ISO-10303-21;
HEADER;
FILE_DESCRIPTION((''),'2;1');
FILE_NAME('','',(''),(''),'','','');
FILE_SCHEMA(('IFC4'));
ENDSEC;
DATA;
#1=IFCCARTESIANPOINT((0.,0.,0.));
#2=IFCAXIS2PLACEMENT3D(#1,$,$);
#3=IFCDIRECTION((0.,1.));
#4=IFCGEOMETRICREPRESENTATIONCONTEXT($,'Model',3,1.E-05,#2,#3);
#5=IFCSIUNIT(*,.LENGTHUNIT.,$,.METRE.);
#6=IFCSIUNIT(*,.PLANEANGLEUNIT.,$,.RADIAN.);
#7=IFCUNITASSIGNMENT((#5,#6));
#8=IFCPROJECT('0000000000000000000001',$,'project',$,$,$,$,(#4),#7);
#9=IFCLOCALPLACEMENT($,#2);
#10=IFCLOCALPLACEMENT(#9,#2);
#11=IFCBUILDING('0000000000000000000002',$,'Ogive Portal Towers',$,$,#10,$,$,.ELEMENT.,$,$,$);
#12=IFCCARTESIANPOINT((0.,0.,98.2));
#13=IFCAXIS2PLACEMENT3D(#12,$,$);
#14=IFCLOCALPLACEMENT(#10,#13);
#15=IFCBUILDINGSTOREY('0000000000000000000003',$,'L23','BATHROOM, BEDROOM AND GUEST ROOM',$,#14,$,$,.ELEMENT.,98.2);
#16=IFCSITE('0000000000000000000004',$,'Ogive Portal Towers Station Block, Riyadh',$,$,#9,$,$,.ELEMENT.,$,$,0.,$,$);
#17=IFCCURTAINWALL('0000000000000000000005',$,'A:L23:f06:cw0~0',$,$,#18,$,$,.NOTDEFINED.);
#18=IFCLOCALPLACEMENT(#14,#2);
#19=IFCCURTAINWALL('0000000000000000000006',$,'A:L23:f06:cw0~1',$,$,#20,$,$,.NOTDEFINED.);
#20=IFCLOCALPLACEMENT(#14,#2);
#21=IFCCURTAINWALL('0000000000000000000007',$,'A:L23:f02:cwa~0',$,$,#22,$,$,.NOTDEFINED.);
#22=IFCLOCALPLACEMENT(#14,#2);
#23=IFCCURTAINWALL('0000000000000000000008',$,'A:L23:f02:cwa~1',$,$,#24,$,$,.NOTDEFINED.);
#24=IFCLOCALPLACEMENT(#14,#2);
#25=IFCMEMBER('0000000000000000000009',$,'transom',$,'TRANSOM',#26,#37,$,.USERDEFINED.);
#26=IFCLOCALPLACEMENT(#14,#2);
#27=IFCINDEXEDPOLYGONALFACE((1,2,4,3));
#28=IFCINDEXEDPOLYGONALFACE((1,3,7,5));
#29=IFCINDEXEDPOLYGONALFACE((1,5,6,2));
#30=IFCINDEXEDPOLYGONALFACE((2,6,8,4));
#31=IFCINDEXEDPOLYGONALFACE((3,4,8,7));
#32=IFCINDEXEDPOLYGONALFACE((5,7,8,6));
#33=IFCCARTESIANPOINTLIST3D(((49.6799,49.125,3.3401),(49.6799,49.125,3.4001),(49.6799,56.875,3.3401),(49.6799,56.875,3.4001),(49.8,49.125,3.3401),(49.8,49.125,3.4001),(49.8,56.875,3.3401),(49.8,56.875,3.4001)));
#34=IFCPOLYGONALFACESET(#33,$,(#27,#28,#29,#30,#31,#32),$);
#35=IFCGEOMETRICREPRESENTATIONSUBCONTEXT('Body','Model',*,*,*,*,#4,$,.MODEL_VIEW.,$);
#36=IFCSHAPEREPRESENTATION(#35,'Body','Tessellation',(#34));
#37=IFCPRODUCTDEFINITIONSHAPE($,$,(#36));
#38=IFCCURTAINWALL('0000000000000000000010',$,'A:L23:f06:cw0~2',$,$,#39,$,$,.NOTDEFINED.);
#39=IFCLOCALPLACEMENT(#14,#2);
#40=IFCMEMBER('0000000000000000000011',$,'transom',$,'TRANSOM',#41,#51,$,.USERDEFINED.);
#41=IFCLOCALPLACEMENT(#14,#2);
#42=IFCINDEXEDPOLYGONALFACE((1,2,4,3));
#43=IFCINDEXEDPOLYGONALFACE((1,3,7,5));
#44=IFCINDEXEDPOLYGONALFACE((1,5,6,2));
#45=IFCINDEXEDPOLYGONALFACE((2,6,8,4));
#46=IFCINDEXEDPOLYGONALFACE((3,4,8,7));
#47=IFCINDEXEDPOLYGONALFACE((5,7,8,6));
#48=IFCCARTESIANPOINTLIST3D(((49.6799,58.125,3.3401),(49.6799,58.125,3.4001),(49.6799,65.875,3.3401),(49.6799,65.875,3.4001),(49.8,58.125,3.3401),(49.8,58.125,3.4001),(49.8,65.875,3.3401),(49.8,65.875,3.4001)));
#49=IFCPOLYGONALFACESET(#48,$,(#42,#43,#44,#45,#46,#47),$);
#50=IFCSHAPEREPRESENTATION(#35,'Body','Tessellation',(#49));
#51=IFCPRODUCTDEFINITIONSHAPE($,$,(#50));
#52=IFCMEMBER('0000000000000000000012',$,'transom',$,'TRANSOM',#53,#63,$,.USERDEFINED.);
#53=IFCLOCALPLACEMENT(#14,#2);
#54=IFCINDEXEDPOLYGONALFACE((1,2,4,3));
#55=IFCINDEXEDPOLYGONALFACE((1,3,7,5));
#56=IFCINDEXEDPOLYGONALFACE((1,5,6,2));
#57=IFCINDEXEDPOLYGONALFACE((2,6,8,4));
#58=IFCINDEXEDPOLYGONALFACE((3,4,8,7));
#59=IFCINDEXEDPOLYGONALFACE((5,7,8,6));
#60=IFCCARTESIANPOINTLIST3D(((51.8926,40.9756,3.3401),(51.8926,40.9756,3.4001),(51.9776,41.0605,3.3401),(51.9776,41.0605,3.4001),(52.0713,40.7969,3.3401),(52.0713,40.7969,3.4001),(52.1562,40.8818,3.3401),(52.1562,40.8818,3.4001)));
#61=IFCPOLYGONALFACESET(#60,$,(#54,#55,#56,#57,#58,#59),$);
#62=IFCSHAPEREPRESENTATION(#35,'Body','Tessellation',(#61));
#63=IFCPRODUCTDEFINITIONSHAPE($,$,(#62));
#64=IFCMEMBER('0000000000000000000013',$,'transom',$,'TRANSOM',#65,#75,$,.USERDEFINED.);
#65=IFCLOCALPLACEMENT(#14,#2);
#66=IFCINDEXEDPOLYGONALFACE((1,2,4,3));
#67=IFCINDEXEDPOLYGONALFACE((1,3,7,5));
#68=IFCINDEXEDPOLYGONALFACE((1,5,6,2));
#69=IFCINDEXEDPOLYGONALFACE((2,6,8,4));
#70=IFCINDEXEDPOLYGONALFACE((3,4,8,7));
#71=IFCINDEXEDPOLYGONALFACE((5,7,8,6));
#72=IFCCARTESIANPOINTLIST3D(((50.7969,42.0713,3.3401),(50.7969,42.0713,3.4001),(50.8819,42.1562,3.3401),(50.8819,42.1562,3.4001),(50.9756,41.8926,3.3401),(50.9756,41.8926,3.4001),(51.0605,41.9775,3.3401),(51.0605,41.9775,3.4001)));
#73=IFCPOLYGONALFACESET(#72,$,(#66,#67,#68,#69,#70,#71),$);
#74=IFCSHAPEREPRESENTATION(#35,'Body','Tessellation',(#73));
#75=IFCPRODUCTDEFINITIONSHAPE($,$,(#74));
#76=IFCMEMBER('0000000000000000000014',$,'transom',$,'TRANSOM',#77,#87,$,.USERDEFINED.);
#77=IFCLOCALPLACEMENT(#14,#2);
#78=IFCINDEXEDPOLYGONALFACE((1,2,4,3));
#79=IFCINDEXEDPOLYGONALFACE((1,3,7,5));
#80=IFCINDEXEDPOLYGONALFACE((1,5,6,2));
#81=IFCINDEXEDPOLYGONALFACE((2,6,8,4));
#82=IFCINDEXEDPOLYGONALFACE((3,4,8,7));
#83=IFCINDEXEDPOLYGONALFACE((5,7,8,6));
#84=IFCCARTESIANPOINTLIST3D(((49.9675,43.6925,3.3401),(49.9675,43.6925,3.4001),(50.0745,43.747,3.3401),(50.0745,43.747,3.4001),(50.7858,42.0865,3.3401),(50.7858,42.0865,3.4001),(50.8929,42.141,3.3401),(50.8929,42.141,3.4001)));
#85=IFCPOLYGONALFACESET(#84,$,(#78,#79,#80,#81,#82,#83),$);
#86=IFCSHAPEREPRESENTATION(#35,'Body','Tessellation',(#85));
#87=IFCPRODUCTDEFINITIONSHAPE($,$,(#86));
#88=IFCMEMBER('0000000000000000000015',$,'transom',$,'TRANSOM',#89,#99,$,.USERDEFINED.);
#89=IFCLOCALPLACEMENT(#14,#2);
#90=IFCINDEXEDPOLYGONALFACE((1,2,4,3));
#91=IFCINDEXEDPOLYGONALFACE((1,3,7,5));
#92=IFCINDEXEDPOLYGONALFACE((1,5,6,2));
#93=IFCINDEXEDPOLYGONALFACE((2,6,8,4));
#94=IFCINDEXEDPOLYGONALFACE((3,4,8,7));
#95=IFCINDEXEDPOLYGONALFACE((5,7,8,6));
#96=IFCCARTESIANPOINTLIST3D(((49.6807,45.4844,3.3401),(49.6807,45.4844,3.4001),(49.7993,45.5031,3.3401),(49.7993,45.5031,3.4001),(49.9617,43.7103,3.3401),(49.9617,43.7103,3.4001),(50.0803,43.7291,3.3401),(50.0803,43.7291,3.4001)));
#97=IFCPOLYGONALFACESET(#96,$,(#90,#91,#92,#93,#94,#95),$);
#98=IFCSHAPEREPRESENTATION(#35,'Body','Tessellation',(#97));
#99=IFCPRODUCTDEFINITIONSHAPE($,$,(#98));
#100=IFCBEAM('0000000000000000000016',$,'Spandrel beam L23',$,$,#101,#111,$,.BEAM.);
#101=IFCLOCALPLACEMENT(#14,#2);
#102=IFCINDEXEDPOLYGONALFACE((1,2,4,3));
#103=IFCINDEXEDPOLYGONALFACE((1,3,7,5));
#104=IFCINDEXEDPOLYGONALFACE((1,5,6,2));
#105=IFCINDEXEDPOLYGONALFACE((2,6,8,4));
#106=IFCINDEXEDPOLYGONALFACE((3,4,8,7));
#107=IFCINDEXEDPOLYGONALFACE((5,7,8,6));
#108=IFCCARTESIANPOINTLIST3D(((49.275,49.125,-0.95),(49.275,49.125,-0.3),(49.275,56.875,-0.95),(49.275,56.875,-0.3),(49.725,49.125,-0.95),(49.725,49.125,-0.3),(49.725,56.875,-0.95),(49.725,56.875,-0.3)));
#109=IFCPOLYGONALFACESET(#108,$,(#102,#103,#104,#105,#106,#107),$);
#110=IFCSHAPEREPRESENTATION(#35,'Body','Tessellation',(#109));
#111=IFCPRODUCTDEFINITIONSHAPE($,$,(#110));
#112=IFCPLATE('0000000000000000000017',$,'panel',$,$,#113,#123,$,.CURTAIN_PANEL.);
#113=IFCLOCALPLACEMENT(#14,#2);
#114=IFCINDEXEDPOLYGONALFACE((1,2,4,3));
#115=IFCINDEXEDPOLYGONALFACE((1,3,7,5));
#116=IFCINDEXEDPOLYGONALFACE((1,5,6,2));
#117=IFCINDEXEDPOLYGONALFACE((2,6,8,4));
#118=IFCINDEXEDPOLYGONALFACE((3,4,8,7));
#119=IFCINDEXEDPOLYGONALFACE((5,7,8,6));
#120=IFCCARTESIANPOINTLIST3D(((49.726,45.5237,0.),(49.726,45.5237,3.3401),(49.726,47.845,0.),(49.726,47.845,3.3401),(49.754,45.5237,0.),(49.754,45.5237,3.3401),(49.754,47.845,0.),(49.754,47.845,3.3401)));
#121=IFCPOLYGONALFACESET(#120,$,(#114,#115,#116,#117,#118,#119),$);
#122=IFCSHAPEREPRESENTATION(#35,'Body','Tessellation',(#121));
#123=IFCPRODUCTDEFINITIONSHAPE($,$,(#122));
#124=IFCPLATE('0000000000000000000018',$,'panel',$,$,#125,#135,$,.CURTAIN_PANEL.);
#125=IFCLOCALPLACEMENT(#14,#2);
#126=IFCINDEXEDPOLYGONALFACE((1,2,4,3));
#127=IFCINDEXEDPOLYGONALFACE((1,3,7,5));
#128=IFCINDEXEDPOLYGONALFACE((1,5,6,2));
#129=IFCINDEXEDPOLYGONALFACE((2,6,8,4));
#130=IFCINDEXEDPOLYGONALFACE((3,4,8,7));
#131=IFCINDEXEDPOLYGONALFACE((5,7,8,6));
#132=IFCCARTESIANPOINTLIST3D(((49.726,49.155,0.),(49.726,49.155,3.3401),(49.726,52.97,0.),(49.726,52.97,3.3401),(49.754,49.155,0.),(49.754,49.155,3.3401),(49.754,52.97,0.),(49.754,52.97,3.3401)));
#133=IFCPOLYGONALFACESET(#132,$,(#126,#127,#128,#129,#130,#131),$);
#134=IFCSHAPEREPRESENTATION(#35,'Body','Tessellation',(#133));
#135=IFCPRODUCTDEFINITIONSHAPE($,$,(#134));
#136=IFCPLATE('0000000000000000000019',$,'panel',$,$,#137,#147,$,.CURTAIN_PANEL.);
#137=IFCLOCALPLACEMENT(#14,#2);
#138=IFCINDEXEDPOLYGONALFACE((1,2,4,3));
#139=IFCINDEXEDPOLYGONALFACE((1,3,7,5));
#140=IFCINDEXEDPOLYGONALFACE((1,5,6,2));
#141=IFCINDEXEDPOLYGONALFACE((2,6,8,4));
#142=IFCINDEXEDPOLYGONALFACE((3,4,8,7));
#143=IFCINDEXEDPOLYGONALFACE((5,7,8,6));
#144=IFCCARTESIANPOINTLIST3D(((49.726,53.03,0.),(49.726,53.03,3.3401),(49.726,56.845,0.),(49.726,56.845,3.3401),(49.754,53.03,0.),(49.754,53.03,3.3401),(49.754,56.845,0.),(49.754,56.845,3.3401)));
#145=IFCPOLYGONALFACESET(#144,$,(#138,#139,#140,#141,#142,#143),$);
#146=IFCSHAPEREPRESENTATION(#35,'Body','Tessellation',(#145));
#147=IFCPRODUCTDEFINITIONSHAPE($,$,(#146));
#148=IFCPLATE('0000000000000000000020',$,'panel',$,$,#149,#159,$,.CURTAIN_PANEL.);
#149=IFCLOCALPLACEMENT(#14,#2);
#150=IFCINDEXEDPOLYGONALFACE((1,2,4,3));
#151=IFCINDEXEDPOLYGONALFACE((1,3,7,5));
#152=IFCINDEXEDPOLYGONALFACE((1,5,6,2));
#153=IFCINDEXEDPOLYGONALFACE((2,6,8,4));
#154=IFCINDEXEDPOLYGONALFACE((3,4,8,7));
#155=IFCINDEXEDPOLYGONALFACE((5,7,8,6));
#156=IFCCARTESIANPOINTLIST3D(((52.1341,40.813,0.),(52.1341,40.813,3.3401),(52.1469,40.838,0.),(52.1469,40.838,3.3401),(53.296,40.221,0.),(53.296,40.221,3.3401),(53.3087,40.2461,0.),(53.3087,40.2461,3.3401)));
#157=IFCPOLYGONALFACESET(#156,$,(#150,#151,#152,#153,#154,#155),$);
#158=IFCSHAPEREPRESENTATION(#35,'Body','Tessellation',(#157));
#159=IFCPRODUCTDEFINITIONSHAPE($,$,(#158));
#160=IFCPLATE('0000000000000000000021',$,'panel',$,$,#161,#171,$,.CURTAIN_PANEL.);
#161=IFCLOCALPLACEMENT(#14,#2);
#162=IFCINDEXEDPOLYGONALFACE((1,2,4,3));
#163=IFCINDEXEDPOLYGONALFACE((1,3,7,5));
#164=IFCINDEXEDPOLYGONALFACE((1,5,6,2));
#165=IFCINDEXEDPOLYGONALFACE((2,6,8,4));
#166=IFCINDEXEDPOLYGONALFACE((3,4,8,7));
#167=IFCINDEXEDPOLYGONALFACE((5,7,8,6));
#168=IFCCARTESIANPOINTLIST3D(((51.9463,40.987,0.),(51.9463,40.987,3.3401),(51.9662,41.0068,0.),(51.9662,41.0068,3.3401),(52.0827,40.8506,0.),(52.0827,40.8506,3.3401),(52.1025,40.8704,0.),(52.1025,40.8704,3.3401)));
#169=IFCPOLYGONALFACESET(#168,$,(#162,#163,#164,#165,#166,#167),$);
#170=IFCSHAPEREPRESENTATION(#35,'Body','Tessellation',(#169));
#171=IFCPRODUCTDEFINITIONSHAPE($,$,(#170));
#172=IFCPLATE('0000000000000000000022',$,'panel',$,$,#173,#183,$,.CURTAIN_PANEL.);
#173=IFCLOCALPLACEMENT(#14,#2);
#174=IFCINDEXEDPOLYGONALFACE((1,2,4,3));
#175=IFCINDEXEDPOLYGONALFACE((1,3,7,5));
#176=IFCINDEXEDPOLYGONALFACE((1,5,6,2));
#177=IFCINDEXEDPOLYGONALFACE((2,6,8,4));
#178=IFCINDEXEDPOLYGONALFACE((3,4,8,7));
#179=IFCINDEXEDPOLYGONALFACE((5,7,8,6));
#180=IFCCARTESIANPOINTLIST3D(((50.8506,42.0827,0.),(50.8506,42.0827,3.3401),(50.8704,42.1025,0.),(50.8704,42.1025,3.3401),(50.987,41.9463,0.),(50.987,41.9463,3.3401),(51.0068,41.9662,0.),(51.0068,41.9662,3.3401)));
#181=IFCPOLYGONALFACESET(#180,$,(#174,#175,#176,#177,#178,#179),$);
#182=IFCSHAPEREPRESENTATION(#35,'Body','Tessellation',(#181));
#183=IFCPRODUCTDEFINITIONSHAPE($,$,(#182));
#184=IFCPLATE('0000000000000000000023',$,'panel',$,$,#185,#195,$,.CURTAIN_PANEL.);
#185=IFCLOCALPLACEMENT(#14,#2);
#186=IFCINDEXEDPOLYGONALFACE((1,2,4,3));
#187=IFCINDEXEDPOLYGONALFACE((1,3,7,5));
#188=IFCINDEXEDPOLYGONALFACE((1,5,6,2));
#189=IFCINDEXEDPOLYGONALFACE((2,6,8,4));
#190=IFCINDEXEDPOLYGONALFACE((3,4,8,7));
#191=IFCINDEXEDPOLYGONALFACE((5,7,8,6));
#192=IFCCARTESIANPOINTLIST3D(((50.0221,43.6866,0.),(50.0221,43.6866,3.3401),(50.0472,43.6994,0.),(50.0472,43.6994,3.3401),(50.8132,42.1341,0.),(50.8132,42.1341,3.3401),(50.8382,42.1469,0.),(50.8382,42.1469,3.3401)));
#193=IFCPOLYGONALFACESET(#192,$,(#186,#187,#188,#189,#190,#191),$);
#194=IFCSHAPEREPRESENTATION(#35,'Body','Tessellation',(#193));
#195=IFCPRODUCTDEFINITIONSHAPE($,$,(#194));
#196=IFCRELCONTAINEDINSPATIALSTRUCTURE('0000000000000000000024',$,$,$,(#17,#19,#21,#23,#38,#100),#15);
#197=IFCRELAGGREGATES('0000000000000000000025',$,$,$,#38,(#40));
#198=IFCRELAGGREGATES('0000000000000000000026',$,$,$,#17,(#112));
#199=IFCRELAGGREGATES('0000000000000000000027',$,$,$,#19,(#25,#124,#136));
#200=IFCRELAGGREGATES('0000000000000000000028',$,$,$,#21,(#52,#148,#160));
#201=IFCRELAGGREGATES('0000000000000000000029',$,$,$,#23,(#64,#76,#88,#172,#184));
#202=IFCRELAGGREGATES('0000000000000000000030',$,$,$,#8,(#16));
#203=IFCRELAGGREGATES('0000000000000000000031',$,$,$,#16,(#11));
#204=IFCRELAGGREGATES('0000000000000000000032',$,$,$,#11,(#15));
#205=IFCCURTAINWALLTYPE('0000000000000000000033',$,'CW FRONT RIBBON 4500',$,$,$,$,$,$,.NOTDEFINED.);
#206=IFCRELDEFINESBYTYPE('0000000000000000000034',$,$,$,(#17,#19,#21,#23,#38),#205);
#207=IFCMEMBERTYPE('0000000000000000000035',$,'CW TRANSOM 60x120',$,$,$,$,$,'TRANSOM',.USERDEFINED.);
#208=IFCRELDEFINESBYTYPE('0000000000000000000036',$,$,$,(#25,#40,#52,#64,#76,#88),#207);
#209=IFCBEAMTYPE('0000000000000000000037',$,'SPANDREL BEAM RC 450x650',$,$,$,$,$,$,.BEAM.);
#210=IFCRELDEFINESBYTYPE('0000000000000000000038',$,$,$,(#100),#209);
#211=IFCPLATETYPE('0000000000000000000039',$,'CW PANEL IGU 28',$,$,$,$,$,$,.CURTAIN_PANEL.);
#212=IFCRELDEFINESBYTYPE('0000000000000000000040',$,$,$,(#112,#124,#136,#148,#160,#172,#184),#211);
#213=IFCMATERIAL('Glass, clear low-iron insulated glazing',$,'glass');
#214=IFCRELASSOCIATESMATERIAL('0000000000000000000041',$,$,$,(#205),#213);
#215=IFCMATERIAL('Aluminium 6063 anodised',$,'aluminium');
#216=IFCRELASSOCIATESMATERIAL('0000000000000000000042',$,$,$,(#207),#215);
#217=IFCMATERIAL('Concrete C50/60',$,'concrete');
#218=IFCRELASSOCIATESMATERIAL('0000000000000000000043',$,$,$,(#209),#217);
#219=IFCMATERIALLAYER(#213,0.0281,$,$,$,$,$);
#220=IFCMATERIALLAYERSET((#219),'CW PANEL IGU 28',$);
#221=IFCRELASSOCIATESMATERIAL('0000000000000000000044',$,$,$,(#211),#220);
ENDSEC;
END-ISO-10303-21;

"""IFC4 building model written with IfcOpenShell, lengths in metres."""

from ifc_helpers import new_model, si_unit, direction, frame, origin, origin_2d, place, context, subcontext, project, spatial, rectangle, extrude, material, layer, layer_set, material_profile, profile_set, type_object, element, aggregate, save


model = new_model("IFC4")

# Units and contexts
model_context = context("Model", 3, precision=1e-05, world=origin(), true_north=direction((0.0, 1.0)))
body_context = subcontext(model_context, "Body", "Model", "MODEL_VIEW")
ifc_project = project(units=[si_unit("LENGTHUNIT", "METRE"), si_unit("PLANEANGLEUNIT", "RADIAN")], contexts=[model_context])

# Site, building, storey
site_placement = place(None, origin())
site = spatial("IfcSite", under=ifc_project, at=site_placement, Name="Ogive Portal Towers Station Block, Riyadh", CompositionType="ELEMENT", RefElevation=0.0)
building_placement = place(site_placement, origin())
building = spatial("IfcBuilding", under=site, at=building_placement, Name="Ogive Portal Towers", CompositionType="ELEMENT")
storey_placement = place(building_placement, frame((0.0, 0.0, 98.2)))
storey = spatial("IfcBuildingStorey", under=building, at=storey_placement, Name="L23", Description="BATHROOM, BEDROOM AND GUEST ROOM", CompositionType="ELEMENT", Elevation=98.2)

# Curtain walls
ifc_material_1 = material(Name="Glass, clear low-iron insulated glazing", Category="glass")
curtain_wall_type = type_object("IfcCurtainWallType", Name="CW FRONT RIBBON 4500", PredefinedType="NOTDEFINED", material=ifc_material_1)
curtain_wall_1_placement = place(storey_placement, origin())
curtain_wall_1 = element("IfcCurtainWall", 1, at=curtain_wall_1_placement, inside=storey, type_object=curtain_wall_type, Name="A:L23:f06:cw0~0", PredefinedType="NOTDEFINED")
ifc_material_2 = material(Name="Aluminium 6063 anodised", Category="aluminium")
curtain_wall_2_placement = place(storey_placement, origin())
curtain_wall_2 = element("IfcCurtainWall", 2, at=curtain_wall_2_placement, inside=storey, type_object=curtain_wall_type, Name="A:L23:f06:cw0~1", PredefinedType="NOTDEFINED")

# Curtain walls
curtain_wall_3_placement = place(storey_placement, origin())
curtain_wall_3 = element("IfcCurtainWall", 3, at=curtain_wall_3_placement, inside=storey, type_object=curtain_wall_type, Name="A:L23:f02:cwa~0", PredefinedType="NOTDEFINED")
curtain_wall_4_placement = place(storey_placement, origin())
curtain_wall_4 = element("IfcCurtainWall", 4, at=curtain_wall_4_placement, inside=storey, type_object=curtain_wall_type, Name="A:L23:f02:cwa~1", PredefinedType="NOTDEFINED")

# Member
ifc_material_profile_1 = material_profile(ifc_material_2, rectangle(XDim=0.1201, YDim=0.0601, at=origin_2d()), Name="AL 120x60")
ifc_profile_set_1 = profile_set([ifc_material_profile_1], Name="Aluminium 6063 anodised")
member_type_1 = type_object("IfcMemberType", Name="CW TRANSOM 60x120", ElementType="TRANSOM", PredefinedType="USERDEFINED", material=ifc_profile_set_1)
member_1_placement = place(storey_placement, frame((49.74, 49.125, 3.3701), z_axis=(0.0, 1.0, 0.0), x_axis=(-1.0, 0.0, 0.0)))
member_1 = element("IfcMember", 5, at=member_1_placement, type_object=member_type_1, Name="transom", ObjectType="TRANSOM", PredefinedType="USERDEFINED", context=body_context, shape_type="SweptSolid", body=[
    extrude(rectangle(XDim=0.1201, YDim=0.0601, at=origin_2d()), origin(), (0.0, 0.0, 1.0), 7.75),
])

# Curtain wall, member
curtain_wall_5_placement = place(storey_placement, origin())
curtain_wall_5 = element("IfcCurtainWall", 6, at=curtain_wall_5_placement, inside=storey, type_object=curtain_wall_type, Name="A:L23:f06:cw0~2", PredefinedType="NOTDEFINED")
member_2_placement = place(storey_placement, frame((49.74, 58.125, 3.3701), z_axis=(0.0, 1.0, 0.0), x_axis=(-1.0, 0.0, 0.0)))
member_2 = element("IfcMember", 7, at=member_2_placement, type_object=member_type_1, Name="transom", ObjectType="TRANSOM", PredefinedType="USERDEFINED", context=body_context, shape_type="SweptSolid", body=[
    extrude(rectangle(XDim=0.1201, YDim=0.0601, at=origin_2d()), origin(), (0.0, 0.0, 1.0), 7.75),
])
aggregate(curtain_wall_5, [member_2])

# Members
member_3_placement = place(storey_placement, frame((52.1138, 40.8394, 3.3701), z_axis=(-0.707107, 0.707107, 0.0), x_axis=(-0.707107, -0.707107, 0.0)))
member_3 = element("IfcMember", 8, at=member_3_placement, type_object=member_type_1, Name="transom", ObjectType="TRANSOM", PredefinedType="USERDEFINED", context=body_context, shape_type="SweptSolid", body=[
    extrude(rectangle(XDim=0.1201, YDim=0.0601, at=origin_2d()), origin(), (0.0, 0.0, 1.0), 0.2527),
])
member_4_placement = place(storey_placement, frame((51.0181, 41.9351, 3.3701), z_axis=(-0.707107, 0.707107, 0.0), x_axis=(-0.707107, -0.707107, 0.0)))
member_4 = element("IfcMember", 9, at=member_4_placement, type_object=member_type_1, Name="transom", ObjectType="TRANSOM", PredefinedType="USERDEFINED", context=body_context, shape_type="SweptSolid", body=[
    extrude(rectangle(XDim=0.1201, YDim=0.0601, at=origin_2d()), origin(), (0.0, 0.0, 1.0), 0.2527),
])
member_5_placement = place(storey_placement, frame((50.8394, 42.1138, 3.3701), z_axis=(-0.454027, 0.890988, 0.0), x_axis=(-0.890988, -0.454027, 0.0)))
member_5 = element("IfcMember", 10, at=member_5_placement, type_object=member_type_1, Name="transom", ObjectType="TRANSOM", PredefinedType="USERDEFINED", context=body_context, shape_type="SweptSolid", body=[
    extrude(rectangle(XDim=0.1201, YDim=0.0601, at=origin_2d()), origin(), (0.0, 0.0, 1.0), 1.8025),
])
member_6_placement = place(storey_placement, frame((50.021, 43.7197, 3.3701), z_axis=(-0.156458, 0.987685, 0.0), x_axis=(-0.987685, -0.156458, 0.0)))
member_6 = element("IfcMember", 11, at=member_6_placement, type_object=member_type_1, Name="transom", ObjectType="TRANSOM", PredefinedType="USERDEFINED", context=body_context, shape_type="SweptSolid", body=[
    extrude(rectangle(XDim=0.1201, YDim=0.0601, at=origin_2d()), origin(), (0.0, 0.0, 1.0), 1.7961),
])

# Beam
ifc_material_3 = material(Name="Concrete C50/60", Category="concrete")
ifc_material_profile_2 = material_profile(ifc_material_3, rectangle(XDim=0.45, YDim=0.6499, at=origin_2d()), Name="RC 450x650")
ifc_profile_set_2 = profile_set([ifc_material_profile_2], Name="Concrete C50/60")
beam_type = type_object("IfcBeamType", Name="SPANDREL BEAM RC 450x650", PredefinedType="BEAM", material=ifc_profile_set_2)
beam_placement = place(storey_placement, frame((49.5, 56.875, -0.625), z_axis=(0.0, -1.0, 0.0), x_axis=(1.0, 0.0, 0.0)))
element("IfcBeam", 12, at=beam_placement, inside=storey, type_object=beam_type, Name="Spandrel beam L23", PredefinedType="BEAM", context=body_context, shape_type="SweptSolid", body=[
    extrude(rectangle(XDim=0.45, YDim=0.6499, at=origin_2d()), origin(), (0.0, 0.0, 1.0), 7.75),
])

# Plates
ifc_layer = layer(ifc_material_1, 0.0281)
ifc_layer_set = layer_set([ifc_layer], Name="CW PANEL IGU 28")
plate_type = type_object("IfcPlateType", Name="CW PANEL IGU 28", PredefinedType="CURTAIN_PANEL", material=ifc_layer_set)
plate_1_placement = place(storey_placement, frame((49.74, 46.6843, 0.0), z_axis=(0.0, 0.0, 1.0), x_axis=(0.0, 1.0, 0.0)))
plate_1 = element("IfcPlate", 13, at=plate_1_placement, type_object=plate_type, Name="panel", PredefinedType="CURTAIN_PANEL", context=body_context, shape_type="SweptSolid", body=[
    extrude(rectangle(XDim=2.3213, YDim=0.0281, at=origin_2d()), origin(), (0.0, 0.0, 1.0), 3.3401),
])
aggregate(curtain_wall_1, [plate_1])
plate_2_placement = place(storey_placement, frame((49.74, 51.0625, 0.0), z_axis=(0.0, 0.0, 1.0), x_axis=(0.0, 1.0, 0.0)))
plate_2 = element("IfcPlate", 14, at=plate_2_placement, type_object=plate_type, Name="panel", PredefinedType="CURTAIN_PANEL", context=body_context, shape_type="SweptSolid", body=[
    extrude(rectangle(XDim=3.8149, YDim=0.0281, at=origin_2d()), origin(), (0.0, 0.0, 1.0), 3.3401),
])
plate_3_placement = place(storey_placement, frame((49.74, 54.9375, 0.0), z_axis=(0.0, 0.0, 1.0), x_axis=(0.0, 1.0, 0.0)))
plate_3 = element("IfcPlate", 15, at=plate_3_placement, type_object=plate_type, Name="panel", PredefinedType="CURTAIN_PANEL", context=body_context, shape_type="SweptSolid", body=[
    extrude(rectangle(XDim=3.8149, YDim=0.0281, at=origin_2d()), origin(), (0.0, 0.0, 1.0), 3.3401),
])
aggregate(curtain_wall_2, [member_1, plate_2, plate_3])
plate_4_placement = place(storey_placement, frame((52.7214, 40.5295, 0.0), z_axis=(0.0, 0.0, 1.0), x_axis=(-0.891007, 0.45399, 0.0)))
plate_4 = element("IfcPlate", 16, at=plate_4_placement, type_object=plate_type, Name="panel", PredefinedType="CURTAIN_PANEL", context=body_context, shape_type="SweptSolid", body=[
    extrude(rectangle(XDim=1.304, YDim=0.0281, at=origin_2d()), origin(), (0.0, 0.0, 1.0), 3.3401),
])
plate_5_placement = place(storey_placement, frame((52.0244, 40.9287, 0.0), z_axis=(0.0, 0.0, 1.0), x_axis=(-0.707107, 0.707107, 0.0)))
plate_5 = element("IfcPlate", 17, at=plate_5_placement, type_object=plate_type, Name="panel", PredefinedType="CURTAIN_PANEL", context=body_context, shape_type="SweptSolid", body=[
    extrude(rectangle(XDim=0.1929, YDim=0.0281, at=origin_2d()), origin(), (0.0, 0.0, 1.0), 3.3401),
])
aggregate(curtain_wall_3, [member_3, plate_4, plate_5])
plate_6_placement = place(storey_placement, frame((50.9287, 42.0244, 0.0), z_axis=(0.0, 0.0, 1.0), x_axis=(-0.707107, 0.707107, 0.0)))
plate_6 = element("IfcPlate", 18, at=plate_6_placement, type_object=plate_type, Name="panel", PredefinedType="CURTAIN_PANEL", context=body_context, shape_type="SweptSolid", body=[
    extrude(rectangle(XDim=0.1929, YDim=0.0281, at=origin_2d()), origin(), (0.0, 0.0, 1.0), 3.3401),
])
plate_7_placement = place(storey_placement, frame((50.4302, 42.9167, 0.0), z_axis=(0.0, 0.0, 1.0), x_axis=(-0.45399, 0.891007, 0.0)))
plate_7 = element("IfcPlate", 19, at=plate_7_placement, type_object=plate_type, Name="panel", PredefinedType="CURTAIN_PANEL", context=body_context, shape_type="SweptSolid", body=[
    extrude(rectangle(XDim=1.7424, YDim=0.0281, at=origin_2d()), origin(), (0.0, 0.0, 1.0), 3.3401),
])
aggregate(curtain_wall_4, [member_4, member_5, member_6, plate_6, plate_7])

save(model, "model.ifc")
